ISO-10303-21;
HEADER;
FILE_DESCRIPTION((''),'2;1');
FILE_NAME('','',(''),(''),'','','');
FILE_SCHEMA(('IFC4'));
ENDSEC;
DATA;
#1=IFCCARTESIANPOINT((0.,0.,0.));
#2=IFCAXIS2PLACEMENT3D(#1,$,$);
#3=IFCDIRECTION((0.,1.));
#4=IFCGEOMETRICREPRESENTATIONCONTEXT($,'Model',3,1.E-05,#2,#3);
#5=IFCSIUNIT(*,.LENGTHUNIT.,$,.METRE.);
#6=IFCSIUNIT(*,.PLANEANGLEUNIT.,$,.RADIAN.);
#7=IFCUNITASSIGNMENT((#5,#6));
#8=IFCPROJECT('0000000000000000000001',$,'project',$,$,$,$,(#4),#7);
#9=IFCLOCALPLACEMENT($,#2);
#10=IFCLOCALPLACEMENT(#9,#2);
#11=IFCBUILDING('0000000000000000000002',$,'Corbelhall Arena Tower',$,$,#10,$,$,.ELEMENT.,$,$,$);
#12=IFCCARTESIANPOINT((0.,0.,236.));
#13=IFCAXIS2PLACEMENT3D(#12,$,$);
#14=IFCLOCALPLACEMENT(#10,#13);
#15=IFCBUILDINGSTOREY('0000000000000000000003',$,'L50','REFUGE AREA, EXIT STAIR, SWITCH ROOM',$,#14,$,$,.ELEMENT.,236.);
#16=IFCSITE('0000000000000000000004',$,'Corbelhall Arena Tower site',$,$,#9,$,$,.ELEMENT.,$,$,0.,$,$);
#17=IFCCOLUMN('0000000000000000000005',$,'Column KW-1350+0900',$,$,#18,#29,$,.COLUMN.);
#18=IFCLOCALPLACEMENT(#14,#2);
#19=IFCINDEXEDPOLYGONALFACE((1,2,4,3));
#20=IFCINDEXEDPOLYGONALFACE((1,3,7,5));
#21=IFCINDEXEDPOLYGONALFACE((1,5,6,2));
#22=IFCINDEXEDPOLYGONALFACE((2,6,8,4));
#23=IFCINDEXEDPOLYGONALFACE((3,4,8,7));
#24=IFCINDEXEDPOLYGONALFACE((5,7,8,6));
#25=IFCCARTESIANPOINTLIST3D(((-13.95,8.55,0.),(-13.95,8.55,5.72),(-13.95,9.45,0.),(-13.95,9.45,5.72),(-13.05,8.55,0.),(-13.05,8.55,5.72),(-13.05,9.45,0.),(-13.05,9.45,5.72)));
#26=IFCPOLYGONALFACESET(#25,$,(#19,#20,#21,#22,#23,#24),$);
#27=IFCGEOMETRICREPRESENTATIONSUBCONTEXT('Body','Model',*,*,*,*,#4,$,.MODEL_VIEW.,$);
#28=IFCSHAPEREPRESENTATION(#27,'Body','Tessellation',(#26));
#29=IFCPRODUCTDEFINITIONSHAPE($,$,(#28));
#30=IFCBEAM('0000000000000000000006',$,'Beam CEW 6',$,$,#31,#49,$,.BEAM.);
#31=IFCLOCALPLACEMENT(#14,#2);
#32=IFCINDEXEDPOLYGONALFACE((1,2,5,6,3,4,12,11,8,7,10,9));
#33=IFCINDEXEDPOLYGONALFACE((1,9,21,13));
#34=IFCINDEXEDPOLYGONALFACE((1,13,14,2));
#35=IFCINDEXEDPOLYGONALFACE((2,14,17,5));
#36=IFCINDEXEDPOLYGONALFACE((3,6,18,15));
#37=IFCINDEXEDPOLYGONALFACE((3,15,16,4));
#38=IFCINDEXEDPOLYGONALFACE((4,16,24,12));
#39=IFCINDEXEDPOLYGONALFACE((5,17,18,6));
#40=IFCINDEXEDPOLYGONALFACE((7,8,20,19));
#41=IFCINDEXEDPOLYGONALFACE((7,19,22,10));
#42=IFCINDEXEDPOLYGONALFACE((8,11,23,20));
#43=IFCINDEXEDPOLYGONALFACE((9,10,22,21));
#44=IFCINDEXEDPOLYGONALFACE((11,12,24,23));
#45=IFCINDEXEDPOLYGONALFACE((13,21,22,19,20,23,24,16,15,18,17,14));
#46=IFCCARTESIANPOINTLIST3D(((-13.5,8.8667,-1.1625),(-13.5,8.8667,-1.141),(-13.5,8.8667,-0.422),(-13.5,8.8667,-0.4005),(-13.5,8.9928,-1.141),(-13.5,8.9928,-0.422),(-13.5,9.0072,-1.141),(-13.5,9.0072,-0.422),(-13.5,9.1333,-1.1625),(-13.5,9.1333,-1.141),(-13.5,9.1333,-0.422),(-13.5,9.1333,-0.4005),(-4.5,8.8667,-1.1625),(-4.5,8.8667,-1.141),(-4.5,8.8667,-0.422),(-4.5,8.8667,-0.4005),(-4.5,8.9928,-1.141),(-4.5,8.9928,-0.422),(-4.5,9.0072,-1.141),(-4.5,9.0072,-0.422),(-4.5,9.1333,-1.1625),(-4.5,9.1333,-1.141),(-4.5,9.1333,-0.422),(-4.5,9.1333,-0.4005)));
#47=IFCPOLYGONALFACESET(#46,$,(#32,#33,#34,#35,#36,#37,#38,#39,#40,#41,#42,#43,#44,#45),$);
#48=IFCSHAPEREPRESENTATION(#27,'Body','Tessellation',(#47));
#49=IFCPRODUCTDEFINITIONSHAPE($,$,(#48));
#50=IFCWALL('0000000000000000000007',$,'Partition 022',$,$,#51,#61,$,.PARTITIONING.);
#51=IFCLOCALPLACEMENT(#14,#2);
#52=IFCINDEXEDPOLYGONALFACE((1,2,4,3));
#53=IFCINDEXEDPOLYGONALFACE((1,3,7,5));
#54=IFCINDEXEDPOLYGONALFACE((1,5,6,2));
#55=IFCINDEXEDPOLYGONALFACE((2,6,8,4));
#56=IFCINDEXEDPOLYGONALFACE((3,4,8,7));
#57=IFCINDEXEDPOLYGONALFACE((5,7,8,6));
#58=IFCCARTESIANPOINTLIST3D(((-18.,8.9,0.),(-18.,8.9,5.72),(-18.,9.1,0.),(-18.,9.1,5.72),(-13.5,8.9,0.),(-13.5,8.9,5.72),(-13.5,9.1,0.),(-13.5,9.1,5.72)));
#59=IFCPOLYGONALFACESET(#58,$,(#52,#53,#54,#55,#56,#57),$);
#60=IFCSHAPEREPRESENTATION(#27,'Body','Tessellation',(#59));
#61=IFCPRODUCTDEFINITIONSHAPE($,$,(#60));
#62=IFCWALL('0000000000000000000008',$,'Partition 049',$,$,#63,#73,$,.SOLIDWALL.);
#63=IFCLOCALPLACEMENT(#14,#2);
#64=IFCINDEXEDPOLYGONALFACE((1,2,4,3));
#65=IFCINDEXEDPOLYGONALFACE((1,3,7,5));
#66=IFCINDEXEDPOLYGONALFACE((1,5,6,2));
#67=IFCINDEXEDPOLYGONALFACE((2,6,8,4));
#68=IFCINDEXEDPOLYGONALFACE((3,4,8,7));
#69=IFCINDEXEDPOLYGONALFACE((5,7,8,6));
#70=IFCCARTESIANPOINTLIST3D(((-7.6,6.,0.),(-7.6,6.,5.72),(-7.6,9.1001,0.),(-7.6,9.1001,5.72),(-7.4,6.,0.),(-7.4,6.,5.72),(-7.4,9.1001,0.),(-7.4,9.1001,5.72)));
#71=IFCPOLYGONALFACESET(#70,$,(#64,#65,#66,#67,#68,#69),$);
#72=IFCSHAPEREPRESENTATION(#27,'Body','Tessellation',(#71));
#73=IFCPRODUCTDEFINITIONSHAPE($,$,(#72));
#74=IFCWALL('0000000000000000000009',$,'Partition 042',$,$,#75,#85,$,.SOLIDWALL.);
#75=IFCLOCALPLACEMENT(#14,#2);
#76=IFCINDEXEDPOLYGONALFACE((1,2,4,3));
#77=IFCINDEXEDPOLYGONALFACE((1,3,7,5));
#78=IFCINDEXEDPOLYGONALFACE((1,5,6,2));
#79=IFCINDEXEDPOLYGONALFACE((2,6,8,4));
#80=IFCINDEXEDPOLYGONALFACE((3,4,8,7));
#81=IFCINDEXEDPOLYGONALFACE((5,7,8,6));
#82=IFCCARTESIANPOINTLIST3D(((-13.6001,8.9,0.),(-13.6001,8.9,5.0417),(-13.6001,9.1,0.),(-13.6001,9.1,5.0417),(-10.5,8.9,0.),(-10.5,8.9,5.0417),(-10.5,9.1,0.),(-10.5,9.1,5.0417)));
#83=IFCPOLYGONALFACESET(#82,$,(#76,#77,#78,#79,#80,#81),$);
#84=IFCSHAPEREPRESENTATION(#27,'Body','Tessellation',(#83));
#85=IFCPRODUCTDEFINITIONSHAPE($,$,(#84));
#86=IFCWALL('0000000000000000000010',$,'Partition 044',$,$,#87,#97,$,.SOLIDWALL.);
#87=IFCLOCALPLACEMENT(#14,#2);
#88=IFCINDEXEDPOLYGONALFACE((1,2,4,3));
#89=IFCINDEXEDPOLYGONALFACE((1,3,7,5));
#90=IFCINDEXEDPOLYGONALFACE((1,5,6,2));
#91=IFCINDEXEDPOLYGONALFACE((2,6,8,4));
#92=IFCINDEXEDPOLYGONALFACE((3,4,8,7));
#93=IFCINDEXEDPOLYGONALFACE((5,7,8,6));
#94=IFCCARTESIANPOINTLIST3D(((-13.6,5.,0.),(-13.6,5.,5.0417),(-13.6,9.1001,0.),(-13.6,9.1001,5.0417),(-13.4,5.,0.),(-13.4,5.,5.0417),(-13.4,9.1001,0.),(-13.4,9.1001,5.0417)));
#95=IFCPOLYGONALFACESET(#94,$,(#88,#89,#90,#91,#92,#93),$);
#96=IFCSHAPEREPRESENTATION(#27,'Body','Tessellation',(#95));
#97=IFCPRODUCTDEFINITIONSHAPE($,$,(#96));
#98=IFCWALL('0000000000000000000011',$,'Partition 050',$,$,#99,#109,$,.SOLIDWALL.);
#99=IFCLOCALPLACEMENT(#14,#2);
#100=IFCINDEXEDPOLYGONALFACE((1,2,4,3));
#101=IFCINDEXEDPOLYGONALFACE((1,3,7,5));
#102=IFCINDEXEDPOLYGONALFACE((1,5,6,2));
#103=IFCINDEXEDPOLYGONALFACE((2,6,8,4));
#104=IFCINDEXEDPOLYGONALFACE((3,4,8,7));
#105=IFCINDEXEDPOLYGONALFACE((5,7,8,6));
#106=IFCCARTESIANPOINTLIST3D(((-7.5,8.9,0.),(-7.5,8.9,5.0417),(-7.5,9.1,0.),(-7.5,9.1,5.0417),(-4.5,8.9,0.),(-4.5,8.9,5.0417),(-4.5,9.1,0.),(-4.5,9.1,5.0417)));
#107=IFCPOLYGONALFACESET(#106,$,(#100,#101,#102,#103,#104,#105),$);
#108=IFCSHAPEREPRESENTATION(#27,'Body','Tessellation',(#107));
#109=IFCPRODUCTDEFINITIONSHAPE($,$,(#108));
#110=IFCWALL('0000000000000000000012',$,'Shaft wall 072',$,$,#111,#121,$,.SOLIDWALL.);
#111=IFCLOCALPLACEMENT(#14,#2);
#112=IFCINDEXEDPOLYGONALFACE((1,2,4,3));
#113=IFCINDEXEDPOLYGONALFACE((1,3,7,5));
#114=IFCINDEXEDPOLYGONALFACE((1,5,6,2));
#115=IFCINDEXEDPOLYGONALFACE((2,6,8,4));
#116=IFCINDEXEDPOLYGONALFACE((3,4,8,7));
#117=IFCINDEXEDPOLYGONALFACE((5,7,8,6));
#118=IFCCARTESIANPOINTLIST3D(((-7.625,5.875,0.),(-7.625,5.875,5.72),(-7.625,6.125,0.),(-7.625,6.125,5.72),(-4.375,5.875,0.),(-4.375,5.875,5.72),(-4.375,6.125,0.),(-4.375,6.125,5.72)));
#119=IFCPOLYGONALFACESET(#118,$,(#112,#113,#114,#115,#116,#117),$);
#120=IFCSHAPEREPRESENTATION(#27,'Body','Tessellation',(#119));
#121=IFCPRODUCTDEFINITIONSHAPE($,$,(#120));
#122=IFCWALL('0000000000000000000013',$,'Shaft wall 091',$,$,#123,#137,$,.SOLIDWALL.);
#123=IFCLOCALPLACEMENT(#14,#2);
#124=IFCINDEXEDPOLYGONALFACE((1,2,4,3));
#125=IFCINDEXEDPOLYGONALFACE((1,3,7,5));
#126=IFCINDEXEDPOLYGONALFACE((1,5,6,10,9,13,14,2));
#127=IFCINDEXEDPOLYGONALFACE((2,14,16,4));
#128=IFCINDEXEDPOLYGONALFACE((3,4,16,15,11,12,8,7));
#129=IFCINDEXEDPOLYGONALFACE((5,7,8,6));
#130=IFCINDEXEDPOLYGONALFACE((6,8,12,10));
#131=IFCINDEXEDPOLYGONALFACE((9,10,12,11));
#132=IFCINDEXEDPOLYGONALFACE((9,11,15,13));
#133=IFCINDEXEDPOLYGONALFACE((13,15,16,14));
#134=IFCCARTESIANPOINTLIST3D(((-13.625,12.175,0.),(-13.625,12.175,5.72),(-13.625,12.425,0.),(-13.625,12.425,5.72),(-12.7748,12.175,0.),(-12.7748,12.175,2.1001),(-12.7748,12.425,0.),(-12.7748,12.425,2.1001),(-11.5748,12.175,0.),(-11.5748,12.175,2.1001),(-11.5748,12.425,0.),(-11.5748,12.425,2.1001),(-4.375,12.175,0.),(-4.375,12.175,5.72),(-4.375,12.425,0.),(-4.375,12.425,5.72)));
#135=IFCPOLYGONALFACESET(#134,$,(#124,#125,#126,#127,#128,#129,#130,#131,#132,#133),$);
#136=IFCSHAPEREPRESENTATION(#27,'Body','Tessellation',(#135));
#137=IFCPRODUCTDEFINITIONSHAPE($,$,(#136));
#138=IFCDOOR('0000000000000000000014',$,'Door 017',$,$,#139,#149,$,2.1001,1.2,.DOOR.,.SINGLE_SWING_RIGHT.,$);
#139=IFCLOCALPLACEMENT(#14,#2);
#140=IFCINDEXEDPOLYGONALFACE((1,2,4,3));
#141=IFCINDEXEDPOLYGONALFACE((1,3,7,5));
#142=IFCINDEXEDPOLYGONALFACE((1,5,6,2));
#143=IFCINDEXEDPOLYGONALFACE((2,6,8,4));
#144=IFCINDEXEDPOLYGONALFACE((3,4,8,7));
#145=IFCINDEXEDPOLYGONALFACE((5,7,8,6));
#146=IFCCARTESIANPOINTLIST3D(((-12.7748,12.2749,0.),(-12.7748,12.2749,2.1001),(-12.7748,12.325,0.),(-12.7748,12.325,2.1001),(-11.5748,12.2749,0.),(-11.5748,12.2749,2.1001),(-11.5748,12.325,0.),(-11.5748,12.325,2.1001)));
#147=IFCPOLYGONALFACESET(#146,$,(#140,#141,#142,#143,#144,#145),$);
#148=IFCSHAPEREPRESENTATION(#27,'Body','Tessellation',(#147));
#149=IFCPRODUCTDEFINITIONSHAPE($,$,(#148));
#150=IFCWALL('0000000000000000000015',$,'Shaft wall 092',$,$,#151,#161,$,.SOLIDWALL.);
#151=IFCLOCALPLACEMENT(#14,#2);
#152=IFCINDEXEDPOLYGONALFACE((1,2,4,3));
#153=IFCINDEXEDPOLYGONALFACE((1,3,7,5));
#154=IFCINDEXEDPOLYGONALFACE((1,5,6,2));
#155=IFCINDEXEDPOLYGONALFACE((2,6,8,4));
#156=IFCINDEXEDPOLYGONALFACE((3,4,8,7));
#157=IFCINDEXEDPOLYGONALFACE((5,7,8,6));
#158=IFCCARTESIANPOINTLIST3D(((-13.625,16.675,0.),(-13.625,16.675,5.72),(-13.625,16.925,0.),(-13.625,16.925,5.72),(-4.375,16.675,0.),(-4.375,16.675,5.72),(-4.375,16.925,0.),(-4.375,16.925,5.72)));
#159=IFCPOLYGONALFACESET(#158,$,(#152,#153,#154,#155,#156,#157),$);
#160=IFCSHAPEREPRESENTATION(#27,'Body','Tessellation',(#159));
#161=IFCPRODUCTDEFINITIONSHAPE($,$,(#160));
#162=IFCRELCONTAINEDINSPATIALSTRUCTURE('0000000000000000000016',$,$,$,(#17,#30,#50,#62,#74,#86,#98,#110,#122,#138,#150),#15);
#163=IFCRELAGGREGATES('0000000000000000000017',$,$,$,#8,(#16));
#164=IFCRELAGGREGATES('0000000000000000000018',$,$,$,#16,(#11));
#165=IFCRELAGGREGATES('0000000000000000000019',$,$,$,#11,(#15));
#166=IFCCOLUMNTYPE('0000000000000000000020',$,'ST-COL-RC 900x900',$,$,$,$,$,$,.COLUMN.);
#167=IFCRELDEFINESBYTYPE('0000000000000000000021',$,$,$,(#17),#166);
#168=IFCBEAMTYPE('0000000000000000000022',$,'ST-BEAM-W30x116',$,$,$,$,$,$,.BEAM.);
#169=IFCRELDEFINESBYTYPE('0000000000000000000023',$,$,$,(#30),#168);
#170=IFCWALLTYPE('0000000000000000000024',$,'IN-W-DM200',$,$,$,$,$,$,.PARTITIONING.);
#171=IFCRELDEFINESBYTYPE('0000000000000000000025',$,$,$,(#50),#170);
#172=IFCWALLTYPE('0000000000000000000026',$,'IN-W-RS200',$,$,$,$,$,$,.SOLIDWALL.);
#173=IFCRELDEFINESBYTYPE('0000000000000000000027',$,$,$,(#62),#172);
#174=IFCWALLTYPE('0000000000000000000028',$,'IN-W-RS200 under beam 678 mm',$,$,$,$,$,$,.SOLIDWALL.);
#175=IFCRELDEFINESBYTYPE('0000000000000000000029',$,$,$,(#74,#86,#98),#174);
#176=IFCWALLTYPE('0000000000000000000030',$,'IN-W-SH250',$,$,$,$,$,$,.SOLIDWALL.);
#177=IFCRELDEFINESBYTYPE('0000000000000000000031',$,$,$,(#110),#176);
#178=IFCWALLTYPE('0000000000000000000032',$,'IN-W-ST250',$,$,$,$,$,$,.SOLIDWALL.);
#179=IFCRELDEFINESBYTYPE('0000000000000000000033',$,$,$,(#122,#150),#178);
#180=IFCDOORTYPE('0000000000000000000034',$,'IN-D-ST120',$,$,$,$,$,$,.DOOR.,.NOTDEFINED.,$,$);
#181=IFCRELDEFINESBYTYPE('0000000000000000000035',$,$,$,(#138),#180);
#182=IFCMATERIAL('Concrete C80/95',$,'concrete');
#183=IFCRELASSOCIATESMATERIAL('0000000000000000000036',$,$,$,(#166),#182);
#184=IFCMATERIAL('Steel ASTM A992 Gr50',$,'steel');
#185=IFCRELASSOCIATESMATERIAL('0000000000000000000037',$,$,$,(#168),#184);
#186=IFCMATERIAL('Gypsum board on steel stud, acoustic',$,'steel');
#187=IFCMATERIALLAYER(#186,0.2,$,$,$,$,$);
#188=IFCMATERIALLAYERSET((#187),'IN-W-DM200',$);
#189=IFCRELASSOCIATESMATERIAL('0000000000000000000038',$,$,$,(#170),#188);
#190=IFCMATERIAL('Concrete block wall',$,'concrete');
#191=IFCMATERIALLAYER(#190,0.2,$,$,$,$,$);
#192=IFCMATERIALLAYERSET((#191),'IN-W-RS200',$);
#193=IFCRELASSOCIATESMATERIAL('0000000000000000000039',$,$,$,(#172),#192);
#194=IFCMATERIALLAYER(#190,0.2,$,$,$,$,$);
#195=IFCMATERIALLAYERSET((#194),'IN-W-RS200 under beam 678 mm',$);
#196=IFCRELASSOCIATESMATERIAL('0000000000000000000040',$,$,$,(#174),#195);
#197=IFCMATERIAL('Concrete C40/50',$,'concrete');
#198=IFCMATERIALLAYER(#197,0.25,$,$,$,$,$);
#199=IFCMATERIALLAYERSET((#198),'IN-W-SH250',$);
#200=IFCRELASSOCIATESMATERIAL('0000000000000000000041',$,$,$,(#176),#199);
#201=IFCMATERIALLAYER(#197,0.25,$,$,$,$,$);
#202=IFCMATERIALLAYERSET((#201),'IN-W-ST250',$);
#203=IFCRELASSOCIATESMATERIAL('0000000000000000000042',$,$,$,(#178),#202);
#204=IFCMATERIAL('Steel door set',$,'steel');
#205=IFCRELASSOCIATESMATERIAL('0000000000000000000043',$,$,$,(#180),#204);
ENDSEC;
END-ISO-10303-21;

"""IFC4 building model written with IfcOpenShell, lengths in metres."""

from ifc_helpers import new_model, si_unit, direction, frame, frame_2d, origin, origin_2d, place, context, subcontext, project, spatial, rectangle, i_section, extrude, material, layer, layer_set, material_profile, profile_set, type_object, element, fill, save


model = new_model("IFC4")

# Units and contexts
model_context = context("Model", 3, precision=1e-05, world=origin(), true_north=direction((0.0, 1.0)))
body_context = subcontext(model_context, "Body", "Model", "MODEL_VIEW")
ifc_project = project(units=[si_unit("LENGTHUNIT", "METRE"), si_unit("PLANEANGLEUNIT", "RADIAN")], contexts=[model_context])

# Site, building, storey
site_placement = place(None, origin())
site = spatial("IfcSite", under=ifc_project, at=site_placement, Name="Corbelhall Arena Tower site", CompositionType="ELEMENT", RefElevation=0.0)
building_placement = place(site_placement, origin())
building = spatial("IfcBuilding", under=site, at=building_placement, Name="Corbelhall Arena Tower", CompositionType="ELEMENT")
storey_placement = place(building_placement, frame((0.0, 0.0, 236.0)))
storey = spatial("IfcBuildingStorey", under=building, at=storey_placement, Name="L50", Description="REFUGE AREA, EXIT STAIR, SWITCH ROOM", CompositionType="ELEMENT", Elevation=236.0)

# Column
ifc_material_1 = material(Name="Concrete C80/95", Category="concrete")
ifc_material_profile_1 = material_profile(ifc_material_1, rectangle(XDim=0.8999, YDim=0.8999, at=origin_2d()))
ifc_profile_set_1 = profile_set([ifc_material_profile_1], Name="Concrete C80/95")
column_type = type_object("IfcColumnType", Name="ST-COL-RC 900x900", PredefinedType="COLUMN", material=ifc_profile_set_1)
column_placement = place(storey_placement, frame((-13.5, 9.0, 0.0), z_axis=(0.0, 0.0, 1.0), x_axis=(1.0, 0.0, 0.0)))
element("IfcColumn", 1, at=column_placement, inside=storey, type_object=column_type, Name="Column KW-1350+0900", PredefinedType="COLUMN", context=body_context, shape_type="SweptSolid", body=[
    extrude(rectangle(XDim=0.8999, YDim=0.8999, at=origin_2d()), origin(), (0.0, 0.0, 1.0), 5.72),
])

# Beam
ifc_material_2 = material(Name="Steel ASTM A992 Gr50", Category="steel")
ifc_material_profile_2 = material_profile(ifc_material_2, i_section(OverallWidth=0.2666, OverallDepth=0.762, WebThickness=0.0144, FlangeThickness=0.0215, at=origin_2d()))
ifc_profile_set_2 = profile_set([ifc_material_profile_2], Name="Steel ASTM A992 Gr50")
beam_type = type_object("IfcBeamType", Name="ST-BEAM-W30x116", PredefinedType="BEAM", material=ifc_profile_set_2)
beam_placement = place(storey_placement, frame((-13.5, 9.0, -0.7815), z_axis=(1.0, 0.0, 0.0), x_axis=(0.0, 1.0, 0.0)))
element("IfcBeam", 2, at=beam_placement, inside=storey, type_object=beam_type, Name="Beam CEW 6", PredefinedType="BEAM", context=body_context, shape_type="SweptSolid", body=[
    extrude(i_section(OverallWidth=0.2666, OverallDepth=0.762, WebThickness=0.0144, FlangeThickness=0.0215, at=origin_2d()), origin(), (0.0, 0.0, 1.0), 9.0),
])

# Wall
ifc_material_3 = material(Name="Gypsum board on steel stud, acoustic", Category="steel")
ifc_layer_1 = layer(ifc_material_3, 0.2)
ifc_layer_set_1 = layer_set([ifc_layer_1], Name="IN-W-DM200")
wall_type_1 = type_object("IfcWallType", Name="IN-W-DM200", PredefinedType="PARTITIONING", material=ifc_layer_set_1)
wall_1_placement = place(storey_placement, frame((-13.5, 9.0, 0.0), z_axis=(0.0, 0.0, 1.0), x_axis=(-1.0, 0.0, 0.0)))
element("IfcWall", 3, at=wall_1_placement, inside=storey, type_object=wall_type_1, Name="Partition 022", PredefinedType="PARTITIONING", context=body_context, shape_type="SweptSolid", body=[
    extrude(rectangle(XDim=4.5, YDim=0.2, at=frame_2d((2.25, 0.0))), origin(), (0.0, 0.0, 1.0), 5.72),
])

# Shared definitions
ifc_material_4 = material(Name="Concrete block wall", Category="concrete")
ifc_layer_2 = layer(ifc_material_4, 0.2)
ifc_layer_set_2 = layer_set([ifc_layer_2], Name="IN-W-RS200")
wall_type_2 = type_object("IfcWallType", Name="IN-W-RS200", PredefinedType="SOLIDWALL", material=ifc_layer_set_2)
ifc_material_5 = material(Name="Steel door set", Category="steel")

# Walls
wall_2_placement = place(storey_placement, frame((-7.5, 6.0, 0.0), z_axis=(0.0, 0.0, 1.0), x_axis=(0.0, 1.0, 0.0)))
element("IfcWall", 4, at=wall_2_placement, inside=storey, type_object=wall_type_2, Name="Partition 049", PredefinedType="SOLIDWALL", context=body_context, shape_type="SweptSolid", body=[
    extrude(rectangle(XDim=3.1001, YDim=0.2, at=frame_2d((1.55, 0.0))), origin(), (0.0, 0.0, 1.0), 5.72),
])
ifc_layer_3 = layer(ifc_material_4, 0.2)
ifc_layer_set_3 = layer_set([ifc_layer_3], Name="IN-W-RS200 under beam 678 mm")
wall_type_3 = type_object("IfcWallType", Name="IN-W-RS200 under beam 678 mm", PredefinedType="SOLIDWALL", material=ifc_layer_set_3)
wall_3_placement = place(storey_placement, frame((-13.6001, 9.0, 0.0), z_axis=(0.0, 0.0, 1.0), x_axis=(1.0, 0.0, 0.0)))
element("IfcWall", 5, at=wall_3_placement, inside=storey, type_object=wall_type_3, Name="Partition 042", PredefinedType="SOLIDWALL", context=body_context, shape_type="SweptSolid", body=[
    extrude(rectangle(XDim=3.1001, YDim=0.2, at=frame_2d((1.55, 0.0))), origin(), (0.0, 0.0, 1.0), 5.0417),
])
wall_4_placement = place(storey_placement, frame((-13.5, 5.0, 0.0), z_axis=(0.0, 0.0, 1.0), x_axis=(0.0, 1.0, 0.0)))
element("IfcWall", 6, at=wall_4_placement, inside=storey, type_object=wall_type_3, Name="Partition 044", PredefinedType="SOLIDWALL", context=body_context, shape_type="SweptSolid", body=[
    extrude(rectangle(XDim=4.1001, YDim=0.2, at=frame_2d((2.05, 0.0))), origin(), (0.0, 0.0, 1.0), 5.0417),
])
wall_5_placement = place(storey_placement, frame((-7.5, 9.0, 0.0), z_axis=(0.0, 0.0, 1.0), x_axis=(1.0, 0.0, 0.0)))
element("IfcWall", 7, at=wall_5_placement, inside=storey, type_object=wall_type_3, Name="Partition 050", PredefinedType="SOLIDWALL", context=body_context, shape_type="SweptSolid", body=[
    extrude(rectangle(XDim=3.0, YDim=0.2, at=frame_2d((1.5, 0.0))), origin(), (0.0, 0.0, 1.0), 5.0417),
])
ifc_material_6 = material(Name="Concrete C40/50", Category="concrete")
ifc_layer_4 = layer(ifc_material_6, 0.25)
ifc_layer_set_4 = layer_set([ifc_layer_4], Name="IN-W-SH250")
wall_type_4 = type_object("IfcWallType", Name="IN-W-SH250", PredefinedType="SOLIDWALL", material=ifc_layer_set_4)
wall_6_placement = place(storey_placement, frame((-7.625, 6.0, 0.0), z_axis=(0.0, 0.0, 1.0), x_axis=(1.0, 0.0, 0.0)))
element("IfcWall", 8, at=wall_6_placement, inside=storey, type_object=wall_type_4, Name="Shaft wall 072", PredefinedType="SOLIDWALL", context=body_context, shape_type="SweptSolid", body=[
    extrude(rectangle(XDim=3.25, YDim=0.25, at=frame_2d((1.625, 0.0))), origin(), (0.0, 0.0, 1.0), 5.72),
])

# Wall, opening, door
ifc_layer_5 = layer(ifc_material_6, 0.25)
ifc_layer_set_5 = layer_set([ifc_layer_5], Name="IN-W-ST250")
wall_type_5 = type_object("IfcWallType", Name="IN-W-ST250", PredefinedType="SOLIDWALL", material=ifc_layer_set_5)
wall_7_placement = place(storey_placement, frame((-13.625, 12.3, 0.0), z_axis=(0.0, 0.0, 1.0), x_axis=(1.0, 0.0, 0.0)))
wall_7 = element("IfcWall", 9, at=wall_7_placement, inside=storey, type_object=wall_type_5, Name="Shaft wall 091", PredefinedType="SOLIDWALL", context=body_context, shape_type="SweptSolid", body=[
    extrude(rectangle(XDim=9.25, YDim=0.25, at=frame_2d((4.625, 0.0))), origin(), (0.0, 0.0, 1.0), 5.72),
])
opening_1_placement = place(wall_7_placement, frame((0.8501, 0.0, 0.0)))
opening_1 = element("IfcOpeningElement", 10, at=opening_1_placement, cuts=wall_7, PredefinedType="OPENING", context=body_context, shape_type="SweptSolid", body=[
    extrude(rectangle(XDim=1.2, YDim=2.1001, at=frame_2d((0.6001, 1.05))), frame((0.0, 0.125, 0.0), z_axis=(0.0, -1.0, 0.0), x_axis=(1.0, 0.0, 0.0)), (0.0, 0.0, 1.0), 0.25),
])
door_type_1 = type_object("IfcDoorType", Name="IN-D-ST120", OperationType="NOTDEFINED", PredefinedType="DOOR", material=ifc_material_5)
door_1_placement = place(opening_1_placement, origin())
door_1 = element("IfcDoor", 11, at=door_1_placement, inside=storey, type_object=door_type_1, Name="Door 017", OperationType="SINGLE_SWING_RIGHT", OverallHeight=2.1001, OverallWidth=1.2, PredefinedType="DOOR", context=body_context, shape_type="SweptSolid", body=[
    extrude(rectangle(XDim=1.2, YDim=2.1001, at=frame_2d((0.6001, 1.05))), frame((0.0, 0.0249, 0.0), z_axis=(0.0, -1.0, 0.0), x_axis=(1.0, 0.0, 0.0)), (0.0, 0.0, 1.0), 0.05),
])
fill(opening_1, door_1)

# Wall
wall_8_placement = place(storey_placement, frame((-13.625, 16.8, 0.0), z_axis=(0.0, 0.0, 1.0), x_axis=(1.0, 0.0, 0.0)))
element("IfcWall", 12, at=wall_8_placement, inside=storey, type_object=wall_type_5, Name="Shaft wall 092", PredefinedType="SOLIDWALL", context=body_context, shape_type="SweptSolid", body=[
    extrude(rectangle(XDim=9.25, YDim=0.25, at=frame_2d((4.625, 0.0))), origin(), (0.0, 0.0, 1.0), 5.72),
])

save(model, "model.ifc")
